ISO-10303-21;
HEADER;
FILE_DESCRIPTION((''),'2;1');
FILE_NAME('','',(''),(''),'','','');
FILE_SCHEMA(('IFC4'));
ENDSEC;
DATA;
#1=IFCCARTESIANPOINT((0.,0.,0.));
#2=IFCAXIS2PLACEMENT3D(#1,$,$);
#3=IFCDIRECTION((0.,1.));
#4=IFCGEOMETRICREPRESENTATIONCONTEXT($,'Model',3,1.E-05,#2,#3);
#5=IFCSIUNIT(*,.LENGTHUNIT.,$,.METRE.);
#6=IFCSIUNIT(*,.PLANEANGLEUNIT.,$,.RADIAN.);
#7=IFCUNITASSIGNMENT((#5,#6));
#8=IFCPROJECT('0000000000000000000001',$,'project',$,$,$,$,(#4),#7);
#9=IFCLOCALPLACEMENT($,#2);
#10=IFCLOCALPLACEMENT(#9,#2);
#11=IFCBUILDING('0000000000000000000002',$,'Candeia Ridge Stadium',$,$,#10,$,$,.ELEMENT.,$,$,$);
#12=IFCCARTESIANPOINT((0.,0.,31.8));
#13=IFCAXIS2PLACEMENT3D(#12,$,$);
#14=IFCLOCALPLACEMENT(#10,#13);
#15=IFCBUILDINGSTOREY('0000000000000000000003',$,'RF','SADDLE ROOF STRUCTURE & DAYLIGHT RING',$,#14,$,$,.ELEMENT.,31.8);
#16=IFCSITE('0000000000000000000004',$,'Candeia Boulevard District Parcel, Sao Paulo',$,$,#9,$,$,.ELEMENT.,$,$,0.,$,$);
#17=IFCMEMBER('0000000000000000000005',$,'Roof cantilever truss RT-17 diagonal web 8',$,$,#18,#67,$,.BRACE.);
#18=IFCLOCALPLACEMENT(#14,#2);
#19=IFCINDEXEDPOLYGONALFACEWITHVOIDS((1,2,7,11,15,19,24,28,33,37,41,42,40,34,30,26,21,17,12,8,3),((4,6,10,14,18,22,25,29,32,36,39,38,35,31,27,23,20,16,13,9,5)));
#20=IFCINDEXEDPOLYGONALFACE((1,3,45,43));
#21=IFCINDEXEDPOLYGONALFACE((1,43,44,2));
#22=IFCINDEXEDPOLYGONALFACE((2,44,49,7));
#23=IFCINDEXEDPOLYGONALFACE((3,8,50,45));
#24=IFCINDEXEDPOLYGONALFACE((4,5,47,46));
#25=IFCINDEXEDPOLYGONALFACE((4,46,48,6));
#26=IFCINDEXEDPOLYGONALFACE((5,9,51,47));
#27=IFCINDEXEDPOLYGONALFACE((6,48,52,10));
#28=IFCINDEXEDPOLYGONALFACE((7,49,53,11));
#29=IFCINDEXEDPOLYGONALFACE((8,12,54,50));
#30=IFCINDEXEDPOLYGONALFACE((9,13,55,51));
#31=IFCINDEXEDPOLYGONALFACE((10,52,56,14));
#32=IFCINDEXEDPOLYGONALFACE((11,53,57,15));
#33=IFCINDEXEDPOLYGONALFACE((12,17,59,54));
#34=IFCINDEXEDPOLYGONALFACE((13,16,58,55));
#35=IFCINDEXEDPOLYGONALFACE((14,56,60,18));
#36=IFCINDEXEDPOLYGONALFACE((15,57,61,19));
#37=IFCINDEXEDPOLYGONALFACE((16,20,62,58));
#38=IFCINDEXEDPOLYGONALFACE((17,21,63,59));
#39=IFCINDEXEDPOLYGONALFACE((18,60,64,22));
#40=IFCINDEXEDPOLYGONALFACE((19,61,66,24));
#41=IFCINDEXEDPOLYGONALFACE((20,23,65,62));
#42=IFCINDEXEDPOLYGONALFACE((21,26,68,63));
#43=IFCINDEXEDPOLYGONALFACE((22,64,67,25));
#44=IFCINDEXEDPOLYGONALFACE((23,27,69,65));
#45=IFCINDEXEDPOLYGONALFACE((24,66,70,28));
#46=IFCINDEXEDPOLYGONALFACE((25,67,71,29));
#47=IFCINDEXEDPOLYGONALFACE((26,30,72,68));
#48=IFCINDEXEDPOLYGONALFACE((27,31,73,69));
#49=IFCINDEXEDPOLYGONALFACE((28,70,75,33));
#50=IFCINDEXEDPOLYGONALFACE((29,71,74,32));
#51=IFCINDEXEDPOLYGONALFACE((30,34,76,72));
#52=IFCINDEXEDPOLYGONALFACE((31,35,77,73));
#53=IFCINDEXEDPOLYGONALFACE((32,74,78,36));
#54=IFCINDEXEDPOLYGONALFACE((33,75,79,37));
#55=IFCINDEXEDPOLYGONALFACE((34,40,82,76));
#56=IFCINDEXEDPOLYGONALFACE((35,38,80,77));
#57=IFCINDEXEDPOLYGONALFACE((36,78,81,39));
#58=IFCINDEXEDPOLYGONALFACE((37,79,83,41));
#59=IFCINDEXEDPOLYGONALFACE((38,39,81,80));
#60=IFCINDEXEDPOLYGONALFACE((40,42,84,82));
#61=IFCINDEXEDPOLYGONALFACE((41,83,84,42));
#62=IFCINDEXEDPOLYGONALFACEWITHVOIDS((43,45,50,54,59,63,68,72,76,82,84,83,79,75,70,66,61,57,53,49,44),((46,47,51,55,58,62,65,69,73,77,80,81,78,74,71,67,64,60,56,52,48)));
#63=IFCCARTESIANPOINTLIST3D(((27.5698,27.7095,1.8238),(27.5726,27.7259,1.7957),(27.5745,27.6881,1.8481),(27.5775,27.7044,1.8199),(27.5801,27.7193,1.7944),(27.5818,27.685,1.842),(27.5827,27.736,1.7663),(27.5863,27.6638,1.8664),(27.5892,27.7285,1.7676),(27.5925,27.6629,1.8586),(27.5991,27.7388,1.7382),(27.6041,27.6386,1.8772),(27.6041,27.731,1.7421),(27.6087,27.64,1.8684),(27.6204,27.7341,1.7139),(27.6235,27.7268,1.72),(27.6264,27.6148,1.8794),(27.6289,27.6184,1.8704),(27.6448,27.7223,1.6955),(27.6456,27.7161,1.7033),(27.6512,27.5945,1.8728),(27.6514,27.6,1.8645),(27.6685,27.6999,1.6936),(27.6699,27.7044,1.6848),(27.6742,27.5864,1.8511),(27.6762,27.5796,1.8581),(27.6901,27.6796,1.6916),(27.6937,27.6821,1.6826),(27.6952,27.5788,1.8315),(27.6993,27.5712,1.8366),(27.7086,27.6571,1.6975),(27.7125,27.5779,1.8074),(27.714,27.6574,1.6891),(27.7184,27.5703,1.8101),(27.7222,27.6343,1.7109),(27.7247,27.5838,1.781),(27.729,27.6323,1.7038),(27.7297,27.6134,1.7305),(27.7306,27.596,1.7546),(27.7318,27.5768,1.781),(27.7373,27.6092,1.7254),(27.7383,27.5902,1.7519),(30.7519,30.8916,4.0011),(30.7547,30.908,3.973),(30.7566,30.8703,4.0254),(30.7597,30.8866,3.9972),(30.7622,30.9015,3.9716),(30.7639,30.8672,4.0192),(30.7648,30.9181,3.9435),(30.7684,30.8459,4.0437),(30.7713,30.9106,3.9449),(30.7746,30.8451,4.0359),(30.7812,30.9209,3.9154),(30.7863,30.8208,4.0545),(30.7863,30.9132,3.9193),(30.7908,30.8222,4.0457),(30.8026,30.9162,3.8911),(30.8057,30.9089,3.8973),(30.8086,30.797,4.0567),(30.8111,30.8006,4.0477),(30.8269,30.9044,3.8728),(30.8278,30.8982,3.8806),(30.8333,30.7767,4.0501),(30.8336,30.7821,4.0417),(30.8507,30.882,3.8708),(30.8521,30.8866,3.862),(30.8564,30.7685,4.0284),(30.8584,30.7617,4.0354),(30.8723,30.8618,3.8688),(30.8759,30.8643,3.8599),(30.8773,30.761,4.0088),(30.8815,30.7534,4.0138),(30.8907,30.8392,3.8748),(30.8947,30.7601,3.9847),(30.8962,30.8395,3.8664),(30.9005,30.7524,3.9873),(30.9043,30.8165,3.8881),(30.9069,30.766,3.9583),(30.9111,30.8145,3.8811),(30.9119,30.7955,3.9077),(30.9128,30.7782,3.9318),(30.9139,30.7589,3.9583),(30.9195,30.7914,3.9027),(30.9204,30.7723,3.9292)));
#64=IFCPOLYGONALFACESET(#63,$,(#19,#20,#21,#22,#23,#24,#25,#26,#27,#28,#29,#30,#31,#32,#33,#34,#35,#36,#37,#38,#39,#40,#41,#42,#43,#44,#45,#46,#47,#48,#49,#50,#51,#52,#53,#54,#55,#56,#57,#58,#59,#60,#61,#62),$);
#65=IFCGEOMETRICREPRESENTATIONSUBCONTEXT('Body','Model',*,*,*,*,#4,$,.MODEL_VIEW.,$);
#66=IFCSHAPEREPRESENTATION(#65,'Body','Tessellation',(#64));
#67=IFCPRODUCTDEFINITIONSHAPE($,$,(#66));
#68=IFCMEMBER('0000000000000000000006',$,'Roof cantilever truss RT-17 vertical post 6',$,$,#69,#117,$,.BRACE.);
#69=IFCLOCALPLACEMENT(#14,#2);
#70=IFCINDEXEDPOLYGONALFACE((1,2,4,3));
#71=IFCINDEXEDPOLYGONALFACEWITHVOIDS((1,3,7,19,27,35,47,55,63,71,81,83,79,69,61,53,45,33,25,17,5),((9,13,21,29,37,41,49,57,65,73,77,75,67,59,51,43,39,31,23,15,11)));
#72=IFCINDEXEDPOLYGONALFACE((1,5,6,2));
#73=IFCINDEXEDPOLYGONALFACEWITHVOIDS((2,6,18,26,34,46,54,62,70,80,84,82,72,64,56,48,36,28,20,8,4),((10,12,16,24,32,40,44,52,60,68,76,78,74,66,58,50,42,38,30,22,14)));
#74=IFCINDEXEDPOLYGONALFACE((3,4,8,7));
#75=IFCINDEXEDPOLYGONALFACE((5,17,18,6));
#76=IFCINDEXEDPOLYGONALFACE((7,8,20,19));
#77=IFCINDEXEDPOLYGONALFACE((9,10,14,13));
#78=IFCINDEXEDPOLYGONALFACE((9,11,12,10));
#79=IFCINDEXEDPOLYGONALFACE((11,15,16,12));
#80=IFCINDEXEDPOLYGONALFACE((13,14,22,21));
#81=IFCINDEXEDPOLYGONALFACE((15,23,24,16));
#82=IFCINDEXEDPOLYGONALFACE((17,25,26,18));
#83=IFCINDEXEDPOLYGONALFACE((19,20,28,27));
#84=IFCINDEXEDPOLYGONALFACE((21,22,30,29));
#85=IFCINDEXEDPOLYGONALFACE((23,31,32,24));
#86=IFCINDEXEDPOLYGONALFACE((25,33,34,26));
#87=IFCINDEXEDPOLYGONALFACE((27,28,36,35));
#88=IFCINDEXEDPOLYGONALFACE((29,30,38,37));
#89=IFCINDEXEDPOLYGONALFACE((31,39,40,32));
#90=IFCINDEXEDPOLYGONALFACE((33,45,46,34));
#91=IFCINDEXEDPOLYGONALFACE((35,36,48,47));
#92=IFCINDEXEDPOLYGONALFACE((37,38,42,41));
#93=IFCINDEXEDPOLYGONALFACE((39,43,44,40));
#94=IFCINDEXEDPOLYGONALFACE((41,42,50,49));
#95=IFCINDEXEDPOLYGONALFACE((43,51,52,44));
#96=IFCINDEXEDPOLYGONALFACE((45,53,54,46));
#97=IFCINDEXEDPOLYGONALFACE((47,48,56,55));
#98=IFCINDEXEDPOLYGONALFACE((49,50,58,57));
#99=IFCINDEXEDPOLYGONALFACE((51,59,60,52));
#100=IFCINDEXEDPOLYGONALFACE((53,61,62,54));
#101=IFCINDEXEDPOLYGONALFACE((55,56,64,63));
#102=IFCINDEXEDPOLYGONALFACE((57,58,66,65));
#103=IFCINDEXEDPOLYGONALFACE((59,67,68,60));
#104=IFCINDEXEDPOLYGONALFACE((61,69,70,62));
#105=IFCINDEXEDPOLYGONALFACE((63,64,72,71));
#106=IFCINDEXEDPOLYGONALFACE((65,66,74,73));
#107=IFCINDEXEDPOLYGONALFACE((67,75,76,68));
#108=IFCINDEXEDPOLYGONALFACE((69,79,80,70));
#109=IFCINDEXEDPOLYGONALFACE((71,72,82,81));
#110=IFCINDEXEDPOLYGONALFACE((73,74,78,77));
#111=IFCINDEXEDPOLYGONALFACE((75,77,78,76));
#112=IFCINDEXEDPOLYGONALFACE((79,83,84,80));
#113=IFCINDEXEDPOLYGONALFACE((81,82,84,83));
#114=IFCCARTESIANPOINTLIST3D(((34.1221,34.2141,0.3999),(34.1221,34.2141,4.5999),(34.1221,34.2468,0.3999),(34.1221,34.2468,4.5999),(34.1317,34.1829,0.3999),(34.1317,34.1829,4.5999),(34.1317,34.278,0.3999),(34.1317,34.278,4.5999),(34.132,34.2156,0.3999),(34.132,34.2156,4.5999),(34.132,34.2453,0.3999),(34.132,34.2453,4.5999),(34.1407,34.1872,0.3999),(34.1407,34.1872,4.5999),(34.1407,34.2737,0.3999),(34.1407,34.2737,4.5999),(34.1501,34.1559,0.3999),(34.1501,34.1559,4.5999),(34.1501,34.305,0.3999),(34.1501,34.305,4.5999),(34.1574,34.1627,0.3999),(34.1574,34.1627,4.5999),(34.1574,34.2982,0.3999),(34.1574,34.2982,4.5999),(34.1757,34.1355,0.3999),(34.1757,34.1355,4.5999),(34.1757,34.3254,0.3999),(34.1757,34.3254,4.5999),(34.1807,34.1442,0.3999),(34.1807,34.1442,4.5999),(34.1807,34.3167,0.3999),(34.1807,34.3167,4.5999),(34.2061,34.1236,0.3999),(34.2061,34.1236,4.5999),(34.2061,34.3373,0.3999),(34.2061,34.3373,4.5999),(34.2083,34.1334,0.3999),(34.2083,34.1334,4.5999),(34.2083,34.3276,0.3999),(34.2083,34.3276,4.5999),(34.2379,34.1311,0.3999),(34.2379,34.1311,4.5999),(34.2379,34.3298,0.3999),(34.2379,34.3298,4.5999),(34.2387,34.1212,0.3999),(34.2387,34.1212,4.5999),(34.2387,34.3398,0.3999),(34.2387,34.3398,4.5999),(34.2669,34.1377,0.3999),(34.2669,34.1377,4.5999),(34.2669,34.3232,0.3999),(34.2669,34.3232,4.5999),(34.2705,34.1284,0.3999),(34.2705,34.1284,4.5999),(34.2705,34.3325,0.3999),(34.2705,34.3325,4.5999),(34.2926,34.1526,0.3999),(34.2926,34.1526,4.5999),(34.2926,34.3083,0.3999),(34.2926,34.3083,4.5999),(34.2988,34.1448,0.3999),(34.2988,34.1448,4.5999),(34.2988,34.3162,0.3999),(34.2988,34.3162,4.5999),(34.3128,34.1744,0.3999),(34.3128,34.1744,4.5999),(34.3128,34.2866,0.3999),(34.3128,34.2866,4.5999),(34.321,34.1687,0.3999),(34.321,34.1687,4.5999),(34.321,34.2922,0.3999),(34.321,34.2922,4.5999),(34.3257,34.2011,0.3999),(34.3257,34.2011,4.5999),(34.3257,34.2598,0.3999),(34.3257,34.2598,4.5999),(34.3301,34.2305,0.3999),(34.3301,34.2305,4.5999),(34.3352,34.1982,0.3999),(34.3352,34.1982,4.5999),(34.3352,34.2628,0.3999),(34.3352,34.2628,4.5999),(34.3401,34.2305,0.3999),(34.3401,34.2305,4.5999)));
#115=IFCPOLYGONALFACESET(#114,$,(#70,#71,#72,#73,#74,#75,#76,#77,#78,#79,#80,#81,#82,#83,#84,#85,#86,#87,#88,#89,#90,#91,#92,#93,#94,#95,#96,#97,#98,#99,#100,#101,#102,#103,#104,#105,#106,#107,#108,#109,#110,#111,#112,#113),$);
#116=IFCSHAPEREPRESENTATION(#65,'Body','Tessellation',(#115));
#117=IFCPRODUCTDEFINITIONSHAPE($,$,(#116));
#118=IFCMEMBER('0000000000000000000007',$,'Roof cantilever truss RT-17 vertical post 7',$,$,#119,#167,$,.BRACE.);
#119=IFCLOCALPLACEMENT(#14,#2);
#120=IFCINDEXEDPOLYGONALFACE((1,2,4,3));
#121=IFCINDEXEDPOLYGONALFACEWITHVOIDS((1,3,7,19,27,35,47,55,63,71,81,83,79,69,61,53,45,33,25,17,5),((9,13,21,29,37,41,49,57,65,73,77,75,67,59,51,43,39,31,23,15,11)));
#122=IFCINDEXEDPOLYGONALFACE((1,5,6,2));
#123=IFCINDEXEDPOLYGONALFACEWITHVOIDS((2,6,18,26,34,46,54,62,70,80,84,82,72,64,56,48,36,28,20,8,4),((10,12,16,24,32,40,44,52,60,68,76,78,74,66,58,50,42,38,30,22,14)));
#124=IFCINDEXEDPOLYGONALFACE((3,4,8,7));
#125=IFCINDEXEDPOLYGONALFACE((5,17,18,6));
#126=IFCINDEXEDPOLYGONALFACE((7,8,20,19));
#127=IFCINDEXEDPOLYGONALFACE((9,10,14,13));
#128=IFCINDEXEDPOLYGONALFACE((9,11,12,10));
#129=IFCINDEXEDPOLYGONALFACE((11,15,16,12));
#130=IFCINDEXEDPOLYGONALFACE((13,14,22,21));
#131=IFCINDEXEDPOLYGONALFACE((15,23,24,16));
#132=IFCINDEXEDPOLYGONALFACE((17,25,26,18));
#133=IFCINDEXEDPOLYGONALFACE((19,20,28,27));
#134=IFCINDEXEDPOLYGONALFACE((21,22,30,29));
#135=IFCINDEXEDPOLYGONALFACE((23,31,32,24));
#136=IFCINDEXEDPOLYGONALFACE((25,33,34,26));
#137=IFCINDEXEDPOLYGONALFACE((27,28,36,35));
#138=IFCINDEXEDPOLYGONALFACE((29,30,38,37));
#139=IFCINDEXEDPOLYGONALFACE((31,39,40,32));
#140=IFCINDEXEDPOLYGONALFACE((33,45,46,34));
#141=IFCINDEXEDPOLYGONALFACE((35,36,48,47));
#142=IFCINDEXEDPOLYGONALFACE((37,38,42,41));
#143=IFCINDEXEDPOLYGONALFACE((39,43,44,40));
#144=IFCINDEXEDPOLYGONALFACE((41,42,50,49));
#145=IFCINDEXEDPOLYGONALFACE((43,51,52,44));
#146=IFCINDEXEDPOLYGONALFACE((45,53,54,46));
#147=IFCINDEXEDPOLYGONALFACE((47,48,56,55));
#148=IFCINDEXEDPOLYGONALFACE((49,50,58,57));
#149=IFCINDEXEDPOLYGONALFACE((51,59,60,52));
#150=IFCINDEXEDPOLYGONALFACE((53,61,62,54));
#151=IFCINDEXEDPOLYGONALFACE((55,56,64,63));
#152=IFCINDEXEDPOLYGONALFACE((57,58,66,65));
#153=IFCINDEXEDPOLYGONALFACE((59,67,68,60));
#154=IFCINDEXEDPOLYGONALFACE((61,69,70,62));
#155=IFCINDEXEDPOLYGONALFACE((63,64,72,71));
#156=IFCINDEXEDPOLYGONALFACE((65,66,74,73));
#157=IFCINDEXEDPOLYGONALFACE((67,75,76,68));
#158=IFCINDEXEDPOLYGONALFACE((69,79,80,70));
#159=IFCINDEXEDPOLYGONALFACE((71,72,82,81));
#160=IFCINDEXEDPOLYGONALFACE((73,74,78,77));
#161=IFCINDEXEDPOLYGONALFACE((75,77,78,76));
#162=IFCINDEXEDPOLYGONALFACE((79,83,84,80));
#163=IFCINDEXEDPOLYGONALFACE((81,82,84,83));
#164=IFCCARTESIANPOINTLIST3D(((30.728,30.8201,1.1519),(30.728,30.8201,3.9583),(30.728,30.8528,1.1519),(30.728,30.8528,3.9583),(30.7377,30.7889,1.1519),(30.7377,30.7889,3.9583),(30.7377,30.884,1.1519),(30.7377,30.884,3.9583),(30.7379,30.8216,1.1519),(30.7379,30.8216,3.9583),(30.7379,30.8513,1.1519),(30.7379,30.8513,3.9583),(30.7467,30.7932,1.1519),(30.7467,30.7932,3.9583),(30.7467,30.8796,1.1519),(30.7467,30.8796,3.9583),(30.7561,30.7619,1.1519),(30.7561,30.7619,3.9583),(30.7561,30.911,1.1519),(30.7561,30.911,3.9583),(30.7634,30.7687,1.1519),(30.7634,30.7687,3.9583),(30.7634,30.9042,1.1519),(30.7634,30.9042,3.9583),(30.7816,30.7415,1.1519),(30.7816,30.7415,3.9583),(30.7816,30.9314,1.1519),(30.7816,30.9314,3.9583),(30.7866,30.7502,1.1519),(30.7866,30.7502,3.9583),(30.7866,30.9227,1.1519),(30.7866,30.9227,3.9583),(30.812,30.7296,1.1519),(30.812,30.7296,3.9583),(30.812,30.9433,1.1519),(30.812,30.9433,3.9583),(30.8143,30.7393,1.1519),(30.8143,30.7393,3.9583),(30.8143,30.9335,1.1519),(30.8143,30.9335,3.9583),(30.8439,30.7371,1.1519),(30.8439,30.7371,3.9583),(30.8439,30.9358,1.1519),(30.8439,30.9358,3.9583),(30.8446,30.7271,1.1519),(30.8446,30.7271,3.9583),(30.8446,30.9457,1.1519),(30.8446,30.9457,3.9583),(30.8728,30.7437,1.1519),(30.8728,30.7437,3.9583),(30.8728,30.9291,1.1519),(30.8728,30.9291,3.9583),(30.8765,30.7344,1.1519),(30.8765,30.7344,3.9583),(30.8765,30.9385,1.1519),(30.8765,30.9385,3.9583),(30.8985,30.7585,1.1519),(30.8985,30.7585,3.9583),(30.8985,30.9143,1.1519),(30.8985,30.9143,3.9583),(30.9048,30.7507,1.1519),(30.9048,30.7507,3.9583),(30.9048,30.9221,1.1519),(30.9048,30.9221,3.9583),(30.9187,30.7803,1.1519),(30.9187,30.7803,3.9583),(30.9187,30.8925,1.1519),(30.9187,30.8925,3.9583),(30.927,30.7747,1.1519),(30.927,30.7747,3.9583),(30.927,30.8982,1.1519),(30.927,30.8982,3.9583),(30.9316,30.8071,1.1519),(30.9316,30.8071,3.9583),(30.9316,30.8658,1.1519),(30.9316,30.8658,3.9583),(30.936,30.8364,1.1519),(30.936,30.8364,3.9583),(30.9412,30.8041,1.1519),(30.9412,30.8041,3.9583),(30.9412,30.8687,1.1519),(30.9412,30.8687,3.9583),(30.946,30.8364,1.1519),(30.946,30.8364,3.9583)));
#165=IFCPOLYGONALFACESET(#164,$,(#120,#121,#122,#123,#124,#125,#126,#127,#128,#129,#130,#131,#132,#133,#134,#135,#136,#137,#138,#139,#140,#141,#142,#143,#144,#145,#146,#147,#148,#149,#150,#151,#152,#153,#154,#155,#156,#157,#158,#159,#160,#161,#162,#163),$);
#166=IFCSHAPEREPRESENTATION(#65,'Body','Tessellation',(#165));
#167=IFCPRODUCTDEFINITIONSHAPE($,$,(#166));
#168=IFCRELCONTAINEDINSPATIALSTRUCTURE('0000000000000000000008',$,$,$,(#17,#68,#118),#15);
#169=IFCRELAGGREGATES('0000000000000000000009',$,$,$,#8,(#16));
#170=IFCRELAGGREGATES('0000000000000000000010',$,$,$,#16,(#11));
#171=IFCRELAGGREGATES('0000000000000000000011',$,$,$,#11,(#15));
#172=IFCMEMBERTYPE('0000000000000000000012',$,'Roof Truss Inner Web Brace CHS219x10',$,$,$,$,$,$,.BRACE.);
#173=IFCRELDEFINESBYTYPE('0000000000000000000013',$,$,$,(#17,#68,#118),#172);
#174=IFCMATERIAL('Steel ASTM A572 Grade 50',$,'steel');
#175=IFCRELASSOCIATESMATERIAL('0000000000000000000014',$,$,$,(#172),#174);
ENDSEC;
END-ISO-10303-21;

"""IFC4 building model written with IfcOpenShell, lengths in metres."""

from ifc_helpers import new_model, si_unit, direction, frame, origin, origin_2d, place, context, subcontext, project, spatial, hollow_circle, extrude, material, material_profile, profile_set, type_object, element, save


model = new_model("IFC4")

# Units and contexts
model_context = context("Model", 3, precision=1e-05, world=origin(), true_north=direction((0.0, 1.0)))
body_context = subcontext(model_context, "Body", "Model", "MODEL_VIEW")
ifc_project = project(units=[si_unit("LENGTHUNIT", "METRE"), si_unit("PLANEANGLEUNIT", "RADIAN")], contexts=[model_context])

# Site, building, storey
site_placement = place(None, origin())
site = spatial("IfcSite", under=ifc_project, at=site_placement, Name="Candeia Boulevard District Parcel, Sao Paulo", CompositionType="ELEMENT", RefElevation=0.0)
building_placement = place(site_placement, origin())
building = spatial("IfcBuilding", under=site, at=building_placement, Name="Candeia Ridge Stadium", CompositionType="ELEMENT")
storey_placement = place(building_placement, frame((0.0, 0.0, 31.8)))
storey = spatial("IfcBuildingStorey", under=building, at=storey_placement, Name="RF", Description="SADDLE ROOF STRUCTURE & DAYLIGHT RING", CompositionType="ELEMENT", Elevation=31.8)

# Shared definitions
ifc_material_1 = material(Name="Steel ASTM A572 Grade 50", Category="steel")

# Members
ifc_material_profile_1 = material_profile(ifc_material_1, hollow_circle(Radius=0.1096, WallThickness=0.01, at=origin_2d()), Name="CHS219x10", Category="steel")
ifc_profile_set_1 = profile_set([ifc_material_profile_1], Name="Steel ASTM A572 Grade 50")
member_type_1 = type_object("IfcMemberType", Name="Roof Truss Inner Web Brace CHS219x10", PredefinedType="BRACE", material=ifc_profile_set_1)
member_1_placement = place(storey_placement, frame((30.8364, 30.8364, 3.9583), z_axis=(-0.636524, -0.636524, -0.435516), x_axis=(0.707107, -0.707107, 0.0)))
element("IfcMember", 1, at=member_1_placement, inside=storey, type_object=member_type_1, Name="Roof cantilever truss RT-17 diagonal web 8", PredefinedType="BRACE", context=body_context, shape_type="SweptSolid", body=[
    extrude(hollow_circle(Radius=0.1096, WallThickness=0.01, at=origin_2d()), origin(), (0.0, 0.0, 1.0), 4.9993),
])
member_2_placement = place(storey_placement, frame((34.2305, 34.2305, 0.3999), z_axis=(0.0, 0.0, 1.0), x_axis=(1.0, 0.0, 0.0)))
element("IfcMember", 2, at=member_2_placement, inside=storey, type_object=member_type_1, Name="Roof cantilever truss RT-17 vertical post 6", PredefinedType="BRACE", context=body_context, shape_type="SweptSolid", body=[
    extrude(hollow_circle(Radius=0.1096, WallThickness=0.01, at=origin_2d()), origin(), (0.0, 0.0, 1.0), 4.2),
])
member_3_placement = place(storey_placement, frame((30.8364, 30.8364, 1.1519), z_axis=(0.0, 0.0, 1.0), x_axis=(1.0, 0.0, 0.0)))
element("IfcMember", 3, at=member_3_placement, inside=storey, type_object=member_type_1, Name="Roof cantilever truss RT-17 vertical post 7", PredefinedType="BRACE", context=body_context, shape_type="SweptSolid", body=[
    extrude(hollow_circle(Radius=0.1096, WallThickness=0.01, at=origin_2d()), origin(), (0.0, 0.0, 1.0), 2.8064),
])

save(model, "model.ifc")
